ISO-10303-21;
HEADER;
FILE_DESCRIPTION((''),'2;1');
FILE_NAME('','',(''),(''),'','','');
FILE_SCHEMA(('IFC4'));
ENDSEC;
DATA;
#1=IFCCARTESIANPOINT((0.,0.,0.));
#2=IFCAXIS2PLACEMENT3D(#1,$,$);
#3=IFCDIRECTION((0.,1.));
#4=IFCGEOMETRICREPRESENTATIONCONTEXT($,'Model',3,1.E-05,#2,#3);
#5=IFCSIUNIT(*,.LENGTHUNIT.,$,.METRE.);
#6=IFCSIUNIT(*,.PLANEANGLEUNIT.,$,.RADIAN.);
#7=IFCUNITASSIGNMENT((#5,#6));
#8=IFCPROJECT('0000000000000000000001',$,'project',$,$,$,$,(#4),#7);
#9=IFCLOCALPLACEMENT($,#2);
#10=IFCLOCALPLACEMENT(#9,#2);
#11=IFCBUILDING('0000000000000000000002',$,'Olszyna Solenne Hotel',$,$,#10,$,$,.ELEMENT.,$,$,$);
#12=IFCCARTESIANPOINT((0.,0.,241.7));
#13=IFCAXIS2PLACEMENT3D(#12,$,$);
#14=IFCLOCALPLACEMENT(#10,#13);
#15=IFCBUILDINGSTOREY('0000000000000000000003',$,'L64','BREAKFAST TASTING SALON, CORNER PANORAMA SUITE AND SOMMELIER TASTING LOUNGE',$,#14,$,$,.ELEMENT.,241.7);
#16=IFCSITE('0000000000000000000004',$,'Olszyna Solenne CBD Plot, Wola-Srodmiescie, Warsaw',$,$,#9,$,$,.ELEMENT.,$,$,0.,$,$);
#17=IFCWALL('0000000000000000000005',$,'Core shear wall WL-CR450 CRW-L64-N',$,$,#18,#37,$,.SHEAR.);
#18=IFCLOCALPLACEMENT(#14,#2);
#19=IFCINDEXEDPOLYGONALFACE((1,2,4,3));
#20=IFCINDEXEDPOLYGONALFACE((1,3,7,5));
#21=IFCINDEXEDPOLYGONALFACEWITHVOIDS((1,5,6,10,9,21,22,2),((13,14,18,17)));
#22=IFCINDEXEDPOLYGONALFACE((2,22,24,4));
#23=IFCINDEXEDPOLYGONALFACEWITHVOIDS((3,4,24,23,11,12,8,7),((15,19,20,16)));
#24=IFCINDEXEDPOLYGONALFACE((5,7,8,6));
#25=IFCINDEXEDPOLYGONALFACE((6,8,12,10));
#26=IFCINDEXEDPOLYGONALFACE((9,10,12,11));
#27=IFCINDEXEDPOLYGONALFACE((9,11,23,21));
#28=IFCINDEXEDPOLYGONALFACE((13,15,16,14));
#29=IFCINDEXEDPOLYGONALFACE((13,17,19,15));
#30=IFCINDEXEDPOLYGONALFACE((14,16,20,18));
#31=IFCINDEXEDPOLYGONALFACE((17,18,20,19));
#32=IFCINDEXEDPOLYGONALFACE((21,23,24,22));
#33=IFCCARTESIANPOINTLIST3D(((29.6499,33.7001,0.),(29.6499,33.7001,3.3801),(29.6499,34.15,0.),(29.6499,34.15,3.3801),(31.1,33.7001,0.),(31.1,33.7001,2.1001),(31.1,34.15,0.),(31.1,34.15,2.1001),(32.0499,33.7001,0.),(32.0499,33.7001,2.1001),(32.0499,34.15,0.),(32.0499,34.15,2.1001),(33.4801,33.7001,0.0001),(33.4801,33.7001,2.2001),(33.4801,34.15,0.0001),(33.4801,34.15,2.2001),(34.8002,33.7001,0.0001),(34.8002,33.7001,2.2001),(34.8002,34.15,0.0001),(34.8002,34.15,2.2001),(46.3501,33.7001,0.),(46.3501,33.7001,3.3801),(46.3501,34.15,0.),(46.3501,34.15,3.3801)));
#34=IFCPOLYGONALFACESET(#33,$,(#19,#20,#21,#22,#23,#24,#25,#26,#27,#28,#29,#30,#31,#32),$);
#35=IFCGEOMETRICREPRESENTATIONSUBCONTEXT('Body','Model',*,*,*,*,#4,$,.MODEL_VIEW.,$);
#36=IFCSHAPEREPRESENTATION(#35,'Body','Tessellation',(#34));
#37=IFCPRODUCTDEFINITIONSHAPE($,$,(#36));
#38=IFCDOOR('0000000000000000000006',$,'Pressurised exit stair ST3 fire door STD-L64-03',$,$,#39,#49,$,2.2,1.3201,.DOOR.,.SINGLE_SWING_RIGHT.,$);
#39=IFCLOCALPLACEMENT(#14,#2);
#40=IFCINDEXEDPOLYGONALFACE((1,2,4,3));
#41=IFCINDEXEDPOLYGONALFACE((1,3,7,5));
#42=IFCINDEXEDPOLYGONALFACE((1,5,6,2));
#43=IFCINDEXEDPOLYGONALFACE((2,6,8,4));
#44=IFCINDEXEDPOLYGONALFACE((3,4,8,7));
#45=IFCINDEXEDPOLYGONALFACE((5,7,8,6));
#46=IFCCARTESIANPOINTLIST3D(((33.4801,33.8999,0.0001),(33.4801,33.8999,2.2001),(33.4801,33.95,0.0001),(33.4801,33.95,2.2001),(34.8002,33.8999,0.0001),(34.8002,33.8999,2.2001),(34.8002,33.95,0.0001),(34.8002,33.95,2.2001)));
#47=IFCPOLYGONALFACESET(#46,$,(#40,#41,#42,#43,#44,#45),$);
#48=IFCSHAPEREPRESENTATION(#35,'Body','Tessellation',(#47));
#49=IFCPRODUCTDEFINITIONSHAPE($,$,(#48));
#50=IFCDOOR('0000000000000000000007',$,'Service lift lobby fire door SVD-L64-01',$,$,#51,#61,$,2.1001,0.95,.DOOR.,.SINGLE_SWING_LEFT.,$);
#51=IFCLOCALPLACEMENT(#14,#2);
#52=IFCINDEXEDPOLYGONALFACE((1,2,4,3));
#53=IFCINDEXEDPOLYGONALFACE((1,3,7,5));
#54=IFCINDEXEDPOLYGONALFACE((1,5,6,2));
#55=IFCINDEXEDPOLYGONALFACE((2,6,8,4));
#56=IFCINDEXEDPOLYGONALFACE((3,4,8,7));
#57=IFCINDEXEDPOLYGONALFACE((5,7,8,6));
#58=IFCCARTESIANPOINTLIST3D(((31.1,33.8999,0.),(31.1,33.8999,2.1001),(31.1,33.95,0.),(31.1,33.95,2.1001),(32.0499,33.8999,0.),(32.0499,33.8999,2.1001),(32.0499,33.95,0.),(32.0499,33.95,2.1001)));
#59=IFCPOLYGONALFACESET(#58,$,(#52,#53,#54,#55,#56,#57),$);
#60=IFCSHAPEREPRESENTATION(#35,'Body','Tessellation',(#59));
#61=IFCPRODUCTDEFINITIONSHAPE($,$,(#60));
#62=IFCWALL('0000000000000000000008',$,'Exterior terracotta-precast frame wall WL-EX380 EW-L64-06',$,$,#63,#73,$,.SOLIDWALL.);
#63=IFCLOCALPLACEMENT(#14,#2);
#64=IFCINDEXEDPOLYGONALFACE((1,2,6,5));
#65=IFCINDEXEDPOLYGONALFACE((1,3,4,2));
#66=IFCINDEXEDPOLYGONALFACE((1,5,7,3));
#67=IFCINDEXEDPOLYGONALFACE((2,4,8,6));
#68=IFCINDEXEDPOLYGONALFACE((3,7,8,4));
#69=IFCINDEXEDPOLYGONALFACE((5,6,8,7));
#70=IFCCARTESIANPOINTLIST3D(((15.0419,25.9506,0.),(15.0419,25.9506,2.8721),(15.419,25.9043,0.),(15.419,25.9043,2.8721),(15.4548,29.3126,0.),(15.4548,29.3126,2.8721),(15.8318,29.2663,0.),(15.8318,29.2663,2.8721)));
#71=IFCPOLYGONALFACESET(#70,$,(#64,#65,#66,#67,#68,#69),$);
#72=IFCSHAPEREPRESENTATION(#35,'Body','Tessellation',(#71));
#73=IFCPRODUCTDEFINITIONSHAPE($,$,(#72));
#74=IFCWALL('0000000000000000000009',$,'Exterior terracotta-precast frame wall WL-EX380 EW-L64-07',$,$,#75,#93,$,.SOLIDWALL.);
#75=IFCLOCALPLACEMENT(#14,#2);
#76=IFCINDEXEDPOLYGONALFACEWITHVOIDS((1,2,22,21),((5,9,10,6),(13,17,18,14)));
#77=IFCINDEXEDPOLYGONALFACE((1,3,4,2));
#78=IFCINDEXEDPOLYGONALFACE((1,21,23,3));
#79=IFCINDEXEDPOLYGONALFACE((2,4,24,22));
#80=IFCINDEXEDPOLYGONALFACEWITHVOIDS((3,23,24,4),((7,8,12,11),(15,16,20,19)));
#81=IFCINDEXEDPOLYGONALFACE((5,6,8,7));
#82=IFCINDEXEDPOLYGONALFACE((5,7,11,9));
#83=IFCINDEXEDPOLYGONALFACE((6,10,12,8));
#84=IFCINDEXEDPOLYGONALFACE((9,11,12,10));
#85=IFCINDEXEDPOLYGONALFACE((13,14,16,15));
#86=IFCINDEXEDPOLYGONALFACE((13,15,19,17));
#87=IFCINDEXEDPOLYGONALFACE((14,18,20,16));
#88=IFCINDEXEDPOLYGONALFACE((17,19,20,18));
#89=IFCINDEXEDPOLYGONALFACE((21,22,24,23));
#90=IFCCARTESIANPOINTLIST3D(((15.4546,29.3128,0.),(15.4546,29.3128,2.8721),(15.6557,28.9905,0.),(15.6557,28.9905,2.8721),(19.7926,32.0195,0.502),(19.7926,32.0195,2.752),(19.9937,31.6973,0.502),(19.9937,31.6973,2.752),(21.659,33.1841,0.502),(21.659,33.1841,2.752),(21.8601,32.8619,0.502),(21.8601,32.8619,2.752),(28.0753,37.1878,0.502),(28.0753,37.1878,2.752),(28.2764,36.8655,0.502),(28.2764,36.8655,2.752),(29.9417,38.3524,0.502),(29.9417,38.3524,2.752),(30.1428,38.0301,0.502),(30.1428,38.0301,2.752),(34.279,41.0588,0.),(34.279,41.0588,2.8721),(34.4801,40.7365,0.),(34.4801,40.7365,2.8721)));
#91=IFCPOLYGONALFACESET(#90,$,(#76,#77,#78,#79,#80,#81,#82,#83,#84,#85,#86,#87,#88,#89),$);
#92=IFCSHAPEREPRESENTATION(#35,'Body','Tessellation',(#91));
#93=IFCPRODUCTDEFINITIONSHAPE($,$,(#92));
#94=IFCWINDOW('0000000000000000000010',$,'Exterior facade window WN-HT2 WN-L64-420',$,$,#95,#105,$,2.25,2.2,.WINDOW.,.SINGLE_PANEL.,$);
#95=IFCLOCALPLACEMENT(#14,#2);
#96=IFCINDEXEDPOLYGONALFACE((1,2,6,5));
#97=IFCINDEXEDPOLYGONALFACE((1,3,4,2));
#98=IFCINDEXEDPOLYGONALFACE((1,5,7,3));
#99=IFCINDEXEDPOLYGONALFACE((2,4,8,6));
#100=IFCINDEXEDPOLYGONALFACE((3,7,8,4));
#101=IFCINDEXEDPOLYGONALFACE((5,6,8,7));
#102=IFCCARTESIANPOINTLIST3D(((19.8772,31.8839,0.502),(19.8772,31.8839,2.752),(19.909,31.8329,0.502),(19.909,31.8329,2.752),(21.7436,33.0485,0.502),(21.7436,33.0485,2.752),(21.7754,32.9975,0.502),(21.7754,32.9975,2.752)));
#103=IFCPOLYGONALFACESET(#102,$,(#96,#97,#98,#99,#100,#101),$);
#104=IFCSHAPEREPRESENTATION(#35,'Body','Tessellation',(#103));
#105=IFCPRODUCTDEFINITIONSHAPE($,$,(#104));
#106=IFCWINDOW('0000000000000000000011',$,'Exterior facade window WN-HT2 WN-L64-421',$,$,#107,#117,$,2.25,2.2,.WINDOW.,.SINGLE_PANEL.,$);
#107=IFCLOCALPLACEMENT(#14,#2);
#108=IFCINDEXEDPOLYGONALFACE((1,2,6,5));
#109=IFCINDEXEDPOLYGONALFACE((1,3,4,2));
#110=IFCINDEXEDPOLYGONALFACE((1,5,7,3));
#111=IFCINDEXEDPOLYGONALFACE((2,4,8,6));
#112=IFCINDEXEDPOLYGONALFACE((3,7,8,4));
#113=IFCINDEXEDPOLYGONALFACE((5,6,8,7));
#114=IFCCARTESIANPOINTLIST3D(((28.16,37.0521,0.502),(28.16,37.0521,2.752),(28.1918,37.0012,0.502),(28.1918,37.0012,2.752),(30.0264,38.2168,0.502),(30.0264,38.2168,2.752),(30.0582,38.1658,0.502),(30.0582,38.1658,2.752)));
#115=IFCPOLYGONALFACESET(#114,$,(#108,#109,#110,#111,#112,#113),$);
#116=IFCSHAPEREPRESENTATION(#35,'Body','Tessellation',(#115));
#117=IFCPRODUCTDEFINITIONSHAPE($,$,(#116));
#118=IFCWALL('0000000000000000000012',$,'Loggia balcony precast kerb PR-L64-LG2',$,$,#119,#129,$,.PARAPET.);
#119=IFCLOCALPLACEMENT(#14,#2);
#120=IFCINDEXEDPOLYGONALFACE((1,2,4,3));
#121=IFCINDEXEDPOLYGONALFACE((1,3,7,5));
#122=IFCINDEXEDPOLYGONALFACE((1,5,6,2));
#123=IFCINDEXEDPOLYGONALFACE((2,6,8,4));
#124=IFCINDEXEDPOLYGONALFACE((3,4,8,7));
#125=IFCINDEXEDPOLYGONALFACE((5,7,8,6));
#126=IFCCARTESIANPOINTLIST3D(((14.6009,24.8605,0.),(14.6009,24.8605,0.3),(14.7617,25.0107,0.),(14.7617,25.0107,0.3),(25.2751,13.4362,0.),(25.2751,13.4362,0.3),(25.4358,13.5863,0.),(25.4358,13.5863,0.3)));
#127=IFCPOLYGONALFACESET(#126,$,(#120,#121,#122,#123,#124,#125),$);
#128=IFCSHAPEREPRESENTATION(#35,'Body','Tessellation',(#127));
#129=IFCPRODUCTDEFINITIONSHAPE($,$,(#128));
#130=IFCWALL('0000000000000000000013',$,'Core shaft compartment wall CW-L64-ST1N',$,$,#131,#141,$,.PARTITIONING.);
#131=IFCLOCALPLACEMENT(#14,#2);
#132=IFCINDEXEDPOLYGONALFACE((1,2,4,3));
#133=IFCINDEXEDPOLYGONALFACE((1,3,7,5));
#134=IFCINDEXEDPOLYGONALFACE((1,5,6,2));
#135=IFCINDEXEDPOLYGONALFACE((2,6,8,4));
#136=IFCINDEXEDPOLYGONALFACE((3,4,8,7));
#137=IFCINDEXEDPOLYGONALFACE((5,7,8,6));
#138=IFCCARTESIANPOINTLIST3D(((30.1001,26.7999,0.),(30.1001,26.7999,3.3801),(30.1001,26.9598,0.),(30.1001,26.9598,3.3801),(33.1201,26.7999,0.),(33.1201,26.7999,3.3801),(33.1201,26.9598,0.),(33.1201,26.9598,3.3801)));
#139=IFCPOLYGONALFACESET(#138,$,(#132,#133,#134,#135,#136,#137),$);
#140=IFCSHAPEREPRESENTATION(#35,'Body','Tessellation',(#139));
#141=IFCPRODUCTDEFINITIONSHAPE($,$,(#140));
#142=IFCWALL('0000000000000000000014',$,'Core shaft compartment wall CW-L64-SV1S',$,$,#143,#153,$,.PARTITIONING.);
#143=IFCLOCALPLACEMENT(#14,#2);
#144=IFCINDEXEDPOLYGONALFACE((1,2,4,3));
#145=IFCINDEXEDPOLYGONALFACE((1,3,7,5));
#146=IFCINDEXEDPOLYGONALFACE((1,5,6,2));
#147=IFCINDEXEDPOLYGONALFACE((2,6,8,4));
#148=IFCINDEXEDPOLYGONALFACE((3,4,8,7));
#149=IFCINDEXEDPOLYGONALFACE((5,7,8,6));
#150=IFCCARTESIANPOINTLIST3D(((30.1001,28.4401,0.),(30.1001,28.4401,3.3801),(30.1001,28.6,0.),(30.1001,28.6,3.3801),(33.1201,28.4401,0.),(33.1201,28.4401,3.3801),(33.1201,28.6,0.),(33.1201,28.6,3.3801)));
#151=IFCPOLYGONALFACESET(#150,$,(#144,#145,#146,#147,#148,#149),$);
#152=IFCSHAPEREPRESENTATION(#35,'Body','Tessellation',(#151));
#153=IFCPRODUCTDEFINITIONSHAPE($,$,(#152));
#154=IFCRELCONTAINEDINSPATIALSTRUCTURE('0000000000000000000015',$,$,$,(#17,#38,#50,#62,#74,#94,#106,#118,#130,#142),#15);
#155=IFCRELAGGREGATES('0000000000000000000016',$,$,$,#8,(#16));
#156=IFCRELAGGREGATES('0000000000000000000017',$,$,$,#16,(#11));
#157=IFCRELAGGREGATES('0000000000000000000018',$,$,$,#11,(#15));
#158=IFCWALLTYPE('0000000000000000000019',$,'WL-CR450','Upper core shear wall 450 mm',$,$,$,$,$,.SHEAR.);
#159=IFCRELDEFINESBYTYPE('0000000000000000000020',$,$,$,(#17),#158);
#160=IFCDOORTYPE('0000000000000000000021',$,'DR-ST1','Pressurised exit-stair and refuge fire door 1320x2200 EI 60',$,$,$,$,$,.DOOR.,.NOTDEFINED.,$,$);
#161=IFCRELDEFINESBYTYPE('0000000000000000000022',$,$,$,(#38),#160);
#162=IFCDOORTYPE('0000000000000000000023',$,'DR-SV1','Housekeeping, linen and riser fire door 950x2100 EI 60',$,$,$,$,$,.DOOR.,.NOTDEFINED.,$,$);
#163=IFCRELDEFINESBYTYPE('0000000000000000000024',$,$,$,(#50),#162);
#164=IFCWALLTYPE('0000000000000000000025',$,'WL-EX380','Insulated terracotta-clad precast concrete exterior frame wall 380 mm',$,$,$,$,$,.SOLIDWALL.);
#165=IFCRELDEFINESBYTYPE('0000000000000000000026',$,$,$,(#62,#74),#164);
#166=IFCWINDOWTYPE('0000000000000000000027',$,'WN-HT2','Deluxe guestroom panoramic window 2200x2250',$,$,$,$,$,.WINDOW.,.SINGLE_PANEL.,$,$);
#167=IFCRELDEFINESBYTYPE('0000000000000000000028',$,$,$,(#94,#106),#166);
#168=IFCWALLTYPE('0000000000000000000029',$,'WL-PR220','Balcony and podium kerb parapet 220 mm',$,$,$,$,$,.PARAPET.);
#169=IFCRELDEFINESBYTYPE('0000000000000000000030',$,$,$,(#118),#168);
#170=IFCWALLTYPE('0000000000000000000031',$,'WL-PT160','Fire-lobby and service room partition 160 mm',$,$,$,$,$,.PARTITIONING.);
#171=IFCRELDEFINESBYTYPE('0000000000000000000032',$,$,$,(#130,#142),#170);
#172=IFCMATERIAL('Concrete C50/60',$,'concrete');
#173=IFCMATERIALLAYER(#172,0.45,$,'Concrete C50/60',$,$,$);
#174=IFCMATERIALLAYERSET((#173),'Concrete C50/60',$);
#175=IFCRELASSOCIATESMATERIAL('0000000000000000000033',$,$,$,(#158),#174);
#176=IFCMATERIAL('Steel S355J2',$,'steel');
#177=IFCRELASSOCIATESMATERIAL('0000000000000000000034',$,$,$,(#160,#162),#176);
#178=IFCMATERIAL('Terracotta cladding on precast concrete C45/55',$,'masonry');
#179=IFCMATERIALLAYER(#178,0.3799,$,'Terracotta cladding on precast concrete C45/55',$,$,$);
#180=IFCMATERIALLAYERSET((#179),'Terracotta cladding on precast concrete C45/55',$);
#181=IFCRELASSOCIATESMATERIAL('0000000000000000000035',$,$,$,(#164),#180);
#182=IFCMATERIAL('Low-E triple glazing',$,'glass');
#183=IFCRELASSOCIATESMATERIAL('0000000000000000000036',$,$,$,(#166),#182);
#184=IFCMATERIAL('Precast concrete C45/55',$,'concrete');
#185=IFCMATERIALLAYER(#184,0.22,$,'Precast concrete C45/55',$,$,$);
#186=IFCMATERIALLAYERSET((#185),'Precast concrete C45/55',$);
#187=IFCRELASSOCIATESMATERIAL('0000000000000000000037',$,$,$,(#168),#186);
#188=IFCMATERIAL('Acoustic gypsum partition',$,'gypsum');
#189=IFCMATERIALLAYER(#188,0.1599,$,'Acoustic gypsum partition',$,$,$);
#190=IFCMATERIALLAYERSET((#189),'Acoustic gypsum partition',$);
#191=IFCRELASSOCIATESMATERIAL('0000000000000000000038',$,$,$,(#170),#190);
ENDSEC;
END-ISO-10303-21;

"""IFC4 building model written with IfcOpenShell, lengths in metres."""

from ifc_helpers import new_model, si_unit, direction, frame, frame_2d, origin, place, context, subcontext, project, spatial, rectangle, extrude, source, transform, mapped, material, layer, layer_set, type_object, type_shapes, element, fill, save


model = new_model("IFC4")

# Units and contexts
model_context = context("Model", 3, precision=1e-05, world=origin(), true_north=direction((0.0, 1.0)))
body_context = subcontext(model_context, "Body", "Model", "MODEL_VIEW")
ifc_project = project(units=[si_unit("LENGTHUNIT", "METRE"), si_unit("PLANEANGLEUNIT", "RADIAN")], contexts=[model_context])

# Site, building, storey
site_placement = place(None, origin())
site = spatial("IfcSite", under=ifc_project, at=site_placement, Name="Olszyna Solenne CBD Plot, Wola-Srodmiescie, Warsaw", CompositionType="ELEMENT", RefElevation=0.0)
building_placement = place(site_placement, origin())
building = spatial("IfcBuilding", under=site, at=building_placement, Name="Olszyna Solenne Hotel", CompositionType="ELEMENT")
storey_placement = place(building_placement, frame((0.0, 0.0, 241.7)))
storey = spatial("IfcBuildingStorey", under=building, at=storey_placement, Name="L64", Description="BREAKFAST TASTING SALON, CORNER PANORAMA SUITE AND SOMMELIER TASTING LOUNGE", CompositionType="ELEMENT", Elevation=241.7)

# Shared definitions
ifc_material_1 = material(Name="Steel S355J2", Category="steel")

# Wall, openings, doors
ifc_material_2 = material(Name="Concrete C50/60", Category="concrete")
ifc_layer_1 = layer(ifc_material_2, 0.45, Name="Concrete C50/60")
ifc_layer_set_1 = layer_set([ifc_layer_1], Name="Concrete C50/60")
wall_type_1 = type_object("IfcWallType", Name="WL-CR450", Description="Upper core shear wall 450 mm", PredefinedType="SHEAR", material=ifc_layer_set_1)
wall_1_placement = place(storey_placement, frame((29.6499, 33.925, 0.0), z_axis=(0.0, 0.0, 1.0), x_axis=(1.0, 0.0, 0.0)))
wall_1 = element("IfcWall", 1, at=wall_1_placement, inside=storey, type_object=wall_type_1, Name="Core shear wall WL-CR450 CRW-L64-N", PredefinedType="SHEAR", context=body_context, shape_type="SweptSolid", body=[
    extrude(rectangle(XDim=16.7002, YDim=0.45, at=frame_2d((8.3501, 0.0))), origin(), (0.0, 0.0, 1.0), 3.3801),
])
opening_1_placement = place(wall_1_placement, frame((1.45, 0.0, 0.0)))
opening_1 = element("IfcOpeningElement", 2, at=opening_1_placement, cuts=wall_1, PredefinedType="OPENING", context=body_context, shape_type="SweptSolid", body=[
    extrude(rectangle(XDim=0.95, YDim=2.1001, at=frame_2d((0.4751, 1.05))), frame((0.0, 0.2349, 0.0), z_axis=(0.0, -1.0, 0.0), x_axis=(1.0, 0.0, 0.0)), (0.0, 0.0, 1.0), 0.47),
])
opening_2_placement = place(wall_1_placement, frame((3.8301, 0.0, 0.0)))
opening_2 = element("IfcOpeningElement", 3, at=opening_2_placement, cuts=wall_1, PredefinedType="OPENING", context=body_context, shape_type="SweptSolid", body=[
    extrude(rectangle(XDim=1.3201, YDim=2.2, at=frame_2d((0.6602, 1.1001))), frame((0.0, 0.2349, 0.0), z_axis=(0.0, -1.0, 0.0), x_axis=(1.0, 0.0, 0.0)), (0.0, 0.0, 1.0), 0.47),
])
door_type_1 = type_object("IfcDoorType", Name="DR-ST1", Description="Pressurised exit-stair and refuge fire door 1320x2200 EI 60", OperationType="NOTDEFINED", PredefinedType="DOOR", material=ifc_material_1)
shared_shape_1 = source(origin(), body_context, "Body", "SweptSolid", [
    extrude(rectangle(XDim=1.3201, YDim=2.2, at=frame_2d((0.6602, 1.1001))), frame((0.0, 0.0249, 0.0), z_axis=(0.0, -1.0, 0.0), x_axis=(1.0, 0.0, 0.0)), (0.0, 0.0, 1.0), 0.05),
])
type_shapes(door_type_1, [shared_shape_1])
door_1_placement = place(opening_2_placement, origin())
door_1 = element("IfcDoor", 4, at=door_1_placement, inside=storey, type_object=door_type_1, Name="Pressurised exit stair ST3 fire door STD-L64-03", OperationType="SINGLE_SWING_RIGHT", OverallHeight=2.2, OverallWidth=1.3201, PredefinedType="DOOR", context=body_context, shape_type="MappedRepresentation", body=[
    mapped(shared_shape_1, transform((0.0, 0.0, 0.0), x_axis=(1.0, 0.0, 0.0), y_axis=(0.0, 1.0, 0.0), z_axis=(0.0, 0.0, 1.0), scale=1.0)),
])
fill(opening_2, door_1)
door_type_2 = type_object("IfcDoorType", Name="DR-SV1", Description="Housekeeping, linen and riser fire door 950x2100 EI 60", OperationType="NOTDEFINED", PredefinedType="DOOR", material=ifc_material_1)
shared_shape_2 = source(origin(), body_context, "Body", "SweptSolid", [
    extrude(rectangle(XDim=0.95, YDim=2.1001, at=frame_2d((0.4751, 1.05))), frame((0.0, 0.0249, 0.0), z_axis=(0.0, -1.0, 0.0), x_axis=(1.0, 0.0, 0.0)), (0.0, 0.0, 1.0), 0.05),
])
type_shapes(door_type_2, [shared_shape_2])
door_2_placement = place(opening_1_placement, origin())
door_2 = element("IfcDoor", 5, at=door_2_placement, inside=storey, type_object=door_type_2, Name="Service lift lobby fire door SVD-L64-01", OperationType="SINGLE_SWING_LEFT", OverallHeight=2.1001, OverallWidth=0.95, PredefinedType="DOOR", context=body_context, shape_type="MappedRepresentation", body=[
    mapped(shared_shape_2, transform((0.0, 0.0, 0.0), x_axis=(1.0, 0.0, 0.0), y_axis=(0.0, 1.0, 0.0), z_axis=(0.0, 0.0, 1.0), scale=1.0)),
])
fill(opening_1, door_2)

# Wall
ifc_material_3 = material(Name="Terracotta cladding on precast concrete C45/55", Category="masonry")
ifc_layer_2 = layer(ifc_material_3, 0.3799, Name="Terracotta cladding on precast concrete C45/55")
ifc_layer_set_2 = layer_set([ifc_layer_2], Name="Terracotta cladding on precast concrete C45/55")
wall_type_2 = type_object("IfcWallType", Name="WL-EX380", Description="Insulated terracotta-clad precast concrete exterior frame wall 380 mm", PredefinedType="SOLIDWALL", material=ifc_layer_set_2)
wall_2_placement = place(storey_placement, frame((15.2305, 25.9275, 0.0), z_axis=(0.0, 0.0, 1.0), x_axis=(0.121879, 0.992545, 0.0)))
element("IfcWall", 6, at=wall_2_placement, inside=storey, type_object=wall_type_2, Name="Exterior terracotta-precast frame wall WL-EX380 EW-L64-06", PredefinedType="SOLIDWALL", context=body_context, shape_type="SweptSolid", body=[
    extrude(rectangle(XDim=3.3872, YDim=0.3799, at=frame_2d((1.6936, 0.0))), origin(), (0.0, 0.0, 1.0), 2.8721),
])

# Wall, openings, windows
wall_3_placement = place(storey_placement, frame((15.5552, 29.1516, 0.0), z_axis=(0.0, 0.0, 1.0), x_axis=(0.848387, 0.529377, 0.0)))
wall_3 = element("IfcWall", 7, at=wall_3_placement, inside=storey, type_object=wall_type_2, Name="Exterior terracotta-precast frame wall WL-EX380 EW-L64-07", PredefinedType="SOLIDWALL", context=body_context, shape_type="SweptSolid", body=[
    extrude(rectangle(XDim=22.1885, YDim=0.3799, at=frame_2d((11.0942, 0.0))), origin(), (0.0, 0.0, 1.0), 2.8721),
])
opening_3_placement = place(wall_3_placement, frame((5.113, 0.0, 0.502)))
opening_3 = element("IfcOpeningElement", 8, at=opening_3_placement, cuts=wall_3, PredefinedType="OPENING", context=body_context, shape_type="SweptSolid", body=[
    extrude(rectangle(XDim=2.2, YDim=2.25, at=frame_2d((1.1001, 1.125))), frame((0.0, 0.2, 0.0), z_axis=(0.0, -1.0, 0.0), x_axis=(1.0, 0.0, 0.0)), (0.0, 0.0, 1.0), 0.3999),
])
opening_4_placement = place(wall_3_placement, frame((14.876, 0.0, 0.502)))
opening_4 = element("IfcOpeningElement", 9, at=opening_4_placement, cuts=wall_3, PredefinedType="OPENING", context=body_context, shape_type="SweptSolid", body=[
    extrude(rectangle(XDim=2.2, YDim=2.25, at=frame_2d((1.1001, 1.125))), frame((0.0, 0.2, 0.0), z_axis=(0.0, -1.0, 0.0), x_axis=(1.0, 0.0, 0.0)), (0.0, 0.0, 1.0), 0.3999),
])
ifc_material_4 = material(Name="Low-E triple glazing", Category="glass")
window_type = type_object("IfcWindowType", Name="WN-HT2", Description="Deluxe guestroom panoramic window 2200x2250", PartitioningType="SINGLE_PANEL", PredefinedType="WINDOW", material=ifc_material_4)
shared_shape_3 = source(origin(), body_context, "Body", "SweptSolid", [
    extrude(rectangle(XDim=2.2, YDim=2.25, at=frame_2d((1.1001, 1.125))), frame((0.0, 0.03, 0.0), z_axis=(0.0, -1.0, 0.0), x_axis=(1.0, 0.0, 0.0)), (0.0, 0.0, 1.0), 0.0601),
])
type_shapes(window_type, [shared_shape_3])
window_1_placement = place(opening_3_placement, origin())
window_1 = element("IfcWindow", 10, at=window_1_placement, inside=storey, type_object=window_type, Name="Exterior facade window WN-HT2 WN-L64-420", OverallHeight=2.25, OverallWidth=2.2, PartitioningType="SINGLE_PANEL", PredefinedType="WINDOW", context=body_context, shape_type="MappedRepresentation", body=[
    mapped(shared_shape_3, transform((0.0, 0.0, 0.0), x_axis=(1.0, 0.0, 0.0), y_axis=(0.0, 1.0, 0.0), z_axis=(0.0, 0.0, 1.0), scale=1.0)),
])
fill(opening_3, window_1)
window_2_placement = place(opening_4_placement, origin())
window_2 = element("IfcWindow", 11, at=window_2_placement, inside=storey, type_object=window_type, Name="Exterior facade window WN-HT2 WN-L64-421", OverallHeight=2.25, OverallWidth=2.2, PartitioningType="SINGLE_PANEL", PredefinedType="WINDOW", context=body_context, shape_type="MappedRepresentation", body=[
    mapped(shared_shape_3, transform((0.0, 0.0, 0.0), x_axis=(1.0, 0.0, 0.0), y_axis=(0.0, 1.0, 0.0), z_axis=(0.0, 0.0, 1.0), scale=1.0)),
])
fill(opening_4, window_2)

# Walls
ifc_material_5 = material(Name="Precast concrete C45/55", Category="concrete")
ifc_layer_3 = layer(ifc_material_5, 0.22, Name="Precast concrete C45/55")
ifc_layer_set_3 = layer_set([ifc_layer_3], Name="Precast concrete C45/55")
wall_type_3 = type_object("IfcWallType", Name="WL-PR220", Description="Balcony and podium kerb parapet 220 mm", PredefinedType="PARAPET", material=ifc_layer_set_3)
wall_4_placement = place(storey_placement, frame((14.6814, 24.9355, 0.0), z_axis=(0.0, 0.0, 1.0), x_axis=(0.682707, -0.730692, 0.0)))
element("IfcWall", 12, at=wall_4_placement, inside=storey, type_object=wall_type_3, Name="Loggia balcony precast kerb PR-L64-LG2", PredefinedType="PARAPET", context=body_context, shape_type="SweptSolid", body=[
    extrude(rectangle(XDim=15.635, YDim=0.22, at=frame_2d((7.8174, 0.0))), origin(), (0.0, 0.0, 1.0), 0.3),
])
ifc_material_6 = material(Name="Acoustic gypsum partition", Category="gypsum")
ifc_layer_4 = layer(ifc_material_6, 0.1599, Name="Acoustic gypsum partition")
ifc_layer_set_4 = layer_set([ifc_layer_4], Name="Acoustic gypsum partition")
wall_type_4 = type_object("IfcWallType", Name="WL-PT160", Description="Fire-lobby and service room partition 160 mm", PredefinedType="PARTITIONING", material=ifc_layer_set_4)
for number, where, z_axis, x_axis, name in (
    (13, (30.1001, 26.8799, 0.0), (0.0, 0.0, 1.0), (1.0, 0.0, 0.0), "Core shaft compartment wall CW-L64-ST1N"),
    (14, (30.1001, 28.52, 0.0), (0.0, 0.0, 1.0), (1.0, 0.0, 0.0), "Core shaft compartment wall CW-L64-SV1S"),
):
    element("IfcWall", number, at=place(storey_placement, frame(where, z_axis=z_axis, x_axis=x_axis)), inside=storey, type_object=wall_type_4, Name=name, PredefinedType="PARTITIONING", context=body_context, shape_type="SweptSolid", body=[
        extrude(rectangle(XDim=3.02, YDim=0.1599, at=frame_2d((1.51, 0.0))), origin(), (0.0, 0.0, 1.0), 3.3801),
    ])

save(model, "model.ifc")
